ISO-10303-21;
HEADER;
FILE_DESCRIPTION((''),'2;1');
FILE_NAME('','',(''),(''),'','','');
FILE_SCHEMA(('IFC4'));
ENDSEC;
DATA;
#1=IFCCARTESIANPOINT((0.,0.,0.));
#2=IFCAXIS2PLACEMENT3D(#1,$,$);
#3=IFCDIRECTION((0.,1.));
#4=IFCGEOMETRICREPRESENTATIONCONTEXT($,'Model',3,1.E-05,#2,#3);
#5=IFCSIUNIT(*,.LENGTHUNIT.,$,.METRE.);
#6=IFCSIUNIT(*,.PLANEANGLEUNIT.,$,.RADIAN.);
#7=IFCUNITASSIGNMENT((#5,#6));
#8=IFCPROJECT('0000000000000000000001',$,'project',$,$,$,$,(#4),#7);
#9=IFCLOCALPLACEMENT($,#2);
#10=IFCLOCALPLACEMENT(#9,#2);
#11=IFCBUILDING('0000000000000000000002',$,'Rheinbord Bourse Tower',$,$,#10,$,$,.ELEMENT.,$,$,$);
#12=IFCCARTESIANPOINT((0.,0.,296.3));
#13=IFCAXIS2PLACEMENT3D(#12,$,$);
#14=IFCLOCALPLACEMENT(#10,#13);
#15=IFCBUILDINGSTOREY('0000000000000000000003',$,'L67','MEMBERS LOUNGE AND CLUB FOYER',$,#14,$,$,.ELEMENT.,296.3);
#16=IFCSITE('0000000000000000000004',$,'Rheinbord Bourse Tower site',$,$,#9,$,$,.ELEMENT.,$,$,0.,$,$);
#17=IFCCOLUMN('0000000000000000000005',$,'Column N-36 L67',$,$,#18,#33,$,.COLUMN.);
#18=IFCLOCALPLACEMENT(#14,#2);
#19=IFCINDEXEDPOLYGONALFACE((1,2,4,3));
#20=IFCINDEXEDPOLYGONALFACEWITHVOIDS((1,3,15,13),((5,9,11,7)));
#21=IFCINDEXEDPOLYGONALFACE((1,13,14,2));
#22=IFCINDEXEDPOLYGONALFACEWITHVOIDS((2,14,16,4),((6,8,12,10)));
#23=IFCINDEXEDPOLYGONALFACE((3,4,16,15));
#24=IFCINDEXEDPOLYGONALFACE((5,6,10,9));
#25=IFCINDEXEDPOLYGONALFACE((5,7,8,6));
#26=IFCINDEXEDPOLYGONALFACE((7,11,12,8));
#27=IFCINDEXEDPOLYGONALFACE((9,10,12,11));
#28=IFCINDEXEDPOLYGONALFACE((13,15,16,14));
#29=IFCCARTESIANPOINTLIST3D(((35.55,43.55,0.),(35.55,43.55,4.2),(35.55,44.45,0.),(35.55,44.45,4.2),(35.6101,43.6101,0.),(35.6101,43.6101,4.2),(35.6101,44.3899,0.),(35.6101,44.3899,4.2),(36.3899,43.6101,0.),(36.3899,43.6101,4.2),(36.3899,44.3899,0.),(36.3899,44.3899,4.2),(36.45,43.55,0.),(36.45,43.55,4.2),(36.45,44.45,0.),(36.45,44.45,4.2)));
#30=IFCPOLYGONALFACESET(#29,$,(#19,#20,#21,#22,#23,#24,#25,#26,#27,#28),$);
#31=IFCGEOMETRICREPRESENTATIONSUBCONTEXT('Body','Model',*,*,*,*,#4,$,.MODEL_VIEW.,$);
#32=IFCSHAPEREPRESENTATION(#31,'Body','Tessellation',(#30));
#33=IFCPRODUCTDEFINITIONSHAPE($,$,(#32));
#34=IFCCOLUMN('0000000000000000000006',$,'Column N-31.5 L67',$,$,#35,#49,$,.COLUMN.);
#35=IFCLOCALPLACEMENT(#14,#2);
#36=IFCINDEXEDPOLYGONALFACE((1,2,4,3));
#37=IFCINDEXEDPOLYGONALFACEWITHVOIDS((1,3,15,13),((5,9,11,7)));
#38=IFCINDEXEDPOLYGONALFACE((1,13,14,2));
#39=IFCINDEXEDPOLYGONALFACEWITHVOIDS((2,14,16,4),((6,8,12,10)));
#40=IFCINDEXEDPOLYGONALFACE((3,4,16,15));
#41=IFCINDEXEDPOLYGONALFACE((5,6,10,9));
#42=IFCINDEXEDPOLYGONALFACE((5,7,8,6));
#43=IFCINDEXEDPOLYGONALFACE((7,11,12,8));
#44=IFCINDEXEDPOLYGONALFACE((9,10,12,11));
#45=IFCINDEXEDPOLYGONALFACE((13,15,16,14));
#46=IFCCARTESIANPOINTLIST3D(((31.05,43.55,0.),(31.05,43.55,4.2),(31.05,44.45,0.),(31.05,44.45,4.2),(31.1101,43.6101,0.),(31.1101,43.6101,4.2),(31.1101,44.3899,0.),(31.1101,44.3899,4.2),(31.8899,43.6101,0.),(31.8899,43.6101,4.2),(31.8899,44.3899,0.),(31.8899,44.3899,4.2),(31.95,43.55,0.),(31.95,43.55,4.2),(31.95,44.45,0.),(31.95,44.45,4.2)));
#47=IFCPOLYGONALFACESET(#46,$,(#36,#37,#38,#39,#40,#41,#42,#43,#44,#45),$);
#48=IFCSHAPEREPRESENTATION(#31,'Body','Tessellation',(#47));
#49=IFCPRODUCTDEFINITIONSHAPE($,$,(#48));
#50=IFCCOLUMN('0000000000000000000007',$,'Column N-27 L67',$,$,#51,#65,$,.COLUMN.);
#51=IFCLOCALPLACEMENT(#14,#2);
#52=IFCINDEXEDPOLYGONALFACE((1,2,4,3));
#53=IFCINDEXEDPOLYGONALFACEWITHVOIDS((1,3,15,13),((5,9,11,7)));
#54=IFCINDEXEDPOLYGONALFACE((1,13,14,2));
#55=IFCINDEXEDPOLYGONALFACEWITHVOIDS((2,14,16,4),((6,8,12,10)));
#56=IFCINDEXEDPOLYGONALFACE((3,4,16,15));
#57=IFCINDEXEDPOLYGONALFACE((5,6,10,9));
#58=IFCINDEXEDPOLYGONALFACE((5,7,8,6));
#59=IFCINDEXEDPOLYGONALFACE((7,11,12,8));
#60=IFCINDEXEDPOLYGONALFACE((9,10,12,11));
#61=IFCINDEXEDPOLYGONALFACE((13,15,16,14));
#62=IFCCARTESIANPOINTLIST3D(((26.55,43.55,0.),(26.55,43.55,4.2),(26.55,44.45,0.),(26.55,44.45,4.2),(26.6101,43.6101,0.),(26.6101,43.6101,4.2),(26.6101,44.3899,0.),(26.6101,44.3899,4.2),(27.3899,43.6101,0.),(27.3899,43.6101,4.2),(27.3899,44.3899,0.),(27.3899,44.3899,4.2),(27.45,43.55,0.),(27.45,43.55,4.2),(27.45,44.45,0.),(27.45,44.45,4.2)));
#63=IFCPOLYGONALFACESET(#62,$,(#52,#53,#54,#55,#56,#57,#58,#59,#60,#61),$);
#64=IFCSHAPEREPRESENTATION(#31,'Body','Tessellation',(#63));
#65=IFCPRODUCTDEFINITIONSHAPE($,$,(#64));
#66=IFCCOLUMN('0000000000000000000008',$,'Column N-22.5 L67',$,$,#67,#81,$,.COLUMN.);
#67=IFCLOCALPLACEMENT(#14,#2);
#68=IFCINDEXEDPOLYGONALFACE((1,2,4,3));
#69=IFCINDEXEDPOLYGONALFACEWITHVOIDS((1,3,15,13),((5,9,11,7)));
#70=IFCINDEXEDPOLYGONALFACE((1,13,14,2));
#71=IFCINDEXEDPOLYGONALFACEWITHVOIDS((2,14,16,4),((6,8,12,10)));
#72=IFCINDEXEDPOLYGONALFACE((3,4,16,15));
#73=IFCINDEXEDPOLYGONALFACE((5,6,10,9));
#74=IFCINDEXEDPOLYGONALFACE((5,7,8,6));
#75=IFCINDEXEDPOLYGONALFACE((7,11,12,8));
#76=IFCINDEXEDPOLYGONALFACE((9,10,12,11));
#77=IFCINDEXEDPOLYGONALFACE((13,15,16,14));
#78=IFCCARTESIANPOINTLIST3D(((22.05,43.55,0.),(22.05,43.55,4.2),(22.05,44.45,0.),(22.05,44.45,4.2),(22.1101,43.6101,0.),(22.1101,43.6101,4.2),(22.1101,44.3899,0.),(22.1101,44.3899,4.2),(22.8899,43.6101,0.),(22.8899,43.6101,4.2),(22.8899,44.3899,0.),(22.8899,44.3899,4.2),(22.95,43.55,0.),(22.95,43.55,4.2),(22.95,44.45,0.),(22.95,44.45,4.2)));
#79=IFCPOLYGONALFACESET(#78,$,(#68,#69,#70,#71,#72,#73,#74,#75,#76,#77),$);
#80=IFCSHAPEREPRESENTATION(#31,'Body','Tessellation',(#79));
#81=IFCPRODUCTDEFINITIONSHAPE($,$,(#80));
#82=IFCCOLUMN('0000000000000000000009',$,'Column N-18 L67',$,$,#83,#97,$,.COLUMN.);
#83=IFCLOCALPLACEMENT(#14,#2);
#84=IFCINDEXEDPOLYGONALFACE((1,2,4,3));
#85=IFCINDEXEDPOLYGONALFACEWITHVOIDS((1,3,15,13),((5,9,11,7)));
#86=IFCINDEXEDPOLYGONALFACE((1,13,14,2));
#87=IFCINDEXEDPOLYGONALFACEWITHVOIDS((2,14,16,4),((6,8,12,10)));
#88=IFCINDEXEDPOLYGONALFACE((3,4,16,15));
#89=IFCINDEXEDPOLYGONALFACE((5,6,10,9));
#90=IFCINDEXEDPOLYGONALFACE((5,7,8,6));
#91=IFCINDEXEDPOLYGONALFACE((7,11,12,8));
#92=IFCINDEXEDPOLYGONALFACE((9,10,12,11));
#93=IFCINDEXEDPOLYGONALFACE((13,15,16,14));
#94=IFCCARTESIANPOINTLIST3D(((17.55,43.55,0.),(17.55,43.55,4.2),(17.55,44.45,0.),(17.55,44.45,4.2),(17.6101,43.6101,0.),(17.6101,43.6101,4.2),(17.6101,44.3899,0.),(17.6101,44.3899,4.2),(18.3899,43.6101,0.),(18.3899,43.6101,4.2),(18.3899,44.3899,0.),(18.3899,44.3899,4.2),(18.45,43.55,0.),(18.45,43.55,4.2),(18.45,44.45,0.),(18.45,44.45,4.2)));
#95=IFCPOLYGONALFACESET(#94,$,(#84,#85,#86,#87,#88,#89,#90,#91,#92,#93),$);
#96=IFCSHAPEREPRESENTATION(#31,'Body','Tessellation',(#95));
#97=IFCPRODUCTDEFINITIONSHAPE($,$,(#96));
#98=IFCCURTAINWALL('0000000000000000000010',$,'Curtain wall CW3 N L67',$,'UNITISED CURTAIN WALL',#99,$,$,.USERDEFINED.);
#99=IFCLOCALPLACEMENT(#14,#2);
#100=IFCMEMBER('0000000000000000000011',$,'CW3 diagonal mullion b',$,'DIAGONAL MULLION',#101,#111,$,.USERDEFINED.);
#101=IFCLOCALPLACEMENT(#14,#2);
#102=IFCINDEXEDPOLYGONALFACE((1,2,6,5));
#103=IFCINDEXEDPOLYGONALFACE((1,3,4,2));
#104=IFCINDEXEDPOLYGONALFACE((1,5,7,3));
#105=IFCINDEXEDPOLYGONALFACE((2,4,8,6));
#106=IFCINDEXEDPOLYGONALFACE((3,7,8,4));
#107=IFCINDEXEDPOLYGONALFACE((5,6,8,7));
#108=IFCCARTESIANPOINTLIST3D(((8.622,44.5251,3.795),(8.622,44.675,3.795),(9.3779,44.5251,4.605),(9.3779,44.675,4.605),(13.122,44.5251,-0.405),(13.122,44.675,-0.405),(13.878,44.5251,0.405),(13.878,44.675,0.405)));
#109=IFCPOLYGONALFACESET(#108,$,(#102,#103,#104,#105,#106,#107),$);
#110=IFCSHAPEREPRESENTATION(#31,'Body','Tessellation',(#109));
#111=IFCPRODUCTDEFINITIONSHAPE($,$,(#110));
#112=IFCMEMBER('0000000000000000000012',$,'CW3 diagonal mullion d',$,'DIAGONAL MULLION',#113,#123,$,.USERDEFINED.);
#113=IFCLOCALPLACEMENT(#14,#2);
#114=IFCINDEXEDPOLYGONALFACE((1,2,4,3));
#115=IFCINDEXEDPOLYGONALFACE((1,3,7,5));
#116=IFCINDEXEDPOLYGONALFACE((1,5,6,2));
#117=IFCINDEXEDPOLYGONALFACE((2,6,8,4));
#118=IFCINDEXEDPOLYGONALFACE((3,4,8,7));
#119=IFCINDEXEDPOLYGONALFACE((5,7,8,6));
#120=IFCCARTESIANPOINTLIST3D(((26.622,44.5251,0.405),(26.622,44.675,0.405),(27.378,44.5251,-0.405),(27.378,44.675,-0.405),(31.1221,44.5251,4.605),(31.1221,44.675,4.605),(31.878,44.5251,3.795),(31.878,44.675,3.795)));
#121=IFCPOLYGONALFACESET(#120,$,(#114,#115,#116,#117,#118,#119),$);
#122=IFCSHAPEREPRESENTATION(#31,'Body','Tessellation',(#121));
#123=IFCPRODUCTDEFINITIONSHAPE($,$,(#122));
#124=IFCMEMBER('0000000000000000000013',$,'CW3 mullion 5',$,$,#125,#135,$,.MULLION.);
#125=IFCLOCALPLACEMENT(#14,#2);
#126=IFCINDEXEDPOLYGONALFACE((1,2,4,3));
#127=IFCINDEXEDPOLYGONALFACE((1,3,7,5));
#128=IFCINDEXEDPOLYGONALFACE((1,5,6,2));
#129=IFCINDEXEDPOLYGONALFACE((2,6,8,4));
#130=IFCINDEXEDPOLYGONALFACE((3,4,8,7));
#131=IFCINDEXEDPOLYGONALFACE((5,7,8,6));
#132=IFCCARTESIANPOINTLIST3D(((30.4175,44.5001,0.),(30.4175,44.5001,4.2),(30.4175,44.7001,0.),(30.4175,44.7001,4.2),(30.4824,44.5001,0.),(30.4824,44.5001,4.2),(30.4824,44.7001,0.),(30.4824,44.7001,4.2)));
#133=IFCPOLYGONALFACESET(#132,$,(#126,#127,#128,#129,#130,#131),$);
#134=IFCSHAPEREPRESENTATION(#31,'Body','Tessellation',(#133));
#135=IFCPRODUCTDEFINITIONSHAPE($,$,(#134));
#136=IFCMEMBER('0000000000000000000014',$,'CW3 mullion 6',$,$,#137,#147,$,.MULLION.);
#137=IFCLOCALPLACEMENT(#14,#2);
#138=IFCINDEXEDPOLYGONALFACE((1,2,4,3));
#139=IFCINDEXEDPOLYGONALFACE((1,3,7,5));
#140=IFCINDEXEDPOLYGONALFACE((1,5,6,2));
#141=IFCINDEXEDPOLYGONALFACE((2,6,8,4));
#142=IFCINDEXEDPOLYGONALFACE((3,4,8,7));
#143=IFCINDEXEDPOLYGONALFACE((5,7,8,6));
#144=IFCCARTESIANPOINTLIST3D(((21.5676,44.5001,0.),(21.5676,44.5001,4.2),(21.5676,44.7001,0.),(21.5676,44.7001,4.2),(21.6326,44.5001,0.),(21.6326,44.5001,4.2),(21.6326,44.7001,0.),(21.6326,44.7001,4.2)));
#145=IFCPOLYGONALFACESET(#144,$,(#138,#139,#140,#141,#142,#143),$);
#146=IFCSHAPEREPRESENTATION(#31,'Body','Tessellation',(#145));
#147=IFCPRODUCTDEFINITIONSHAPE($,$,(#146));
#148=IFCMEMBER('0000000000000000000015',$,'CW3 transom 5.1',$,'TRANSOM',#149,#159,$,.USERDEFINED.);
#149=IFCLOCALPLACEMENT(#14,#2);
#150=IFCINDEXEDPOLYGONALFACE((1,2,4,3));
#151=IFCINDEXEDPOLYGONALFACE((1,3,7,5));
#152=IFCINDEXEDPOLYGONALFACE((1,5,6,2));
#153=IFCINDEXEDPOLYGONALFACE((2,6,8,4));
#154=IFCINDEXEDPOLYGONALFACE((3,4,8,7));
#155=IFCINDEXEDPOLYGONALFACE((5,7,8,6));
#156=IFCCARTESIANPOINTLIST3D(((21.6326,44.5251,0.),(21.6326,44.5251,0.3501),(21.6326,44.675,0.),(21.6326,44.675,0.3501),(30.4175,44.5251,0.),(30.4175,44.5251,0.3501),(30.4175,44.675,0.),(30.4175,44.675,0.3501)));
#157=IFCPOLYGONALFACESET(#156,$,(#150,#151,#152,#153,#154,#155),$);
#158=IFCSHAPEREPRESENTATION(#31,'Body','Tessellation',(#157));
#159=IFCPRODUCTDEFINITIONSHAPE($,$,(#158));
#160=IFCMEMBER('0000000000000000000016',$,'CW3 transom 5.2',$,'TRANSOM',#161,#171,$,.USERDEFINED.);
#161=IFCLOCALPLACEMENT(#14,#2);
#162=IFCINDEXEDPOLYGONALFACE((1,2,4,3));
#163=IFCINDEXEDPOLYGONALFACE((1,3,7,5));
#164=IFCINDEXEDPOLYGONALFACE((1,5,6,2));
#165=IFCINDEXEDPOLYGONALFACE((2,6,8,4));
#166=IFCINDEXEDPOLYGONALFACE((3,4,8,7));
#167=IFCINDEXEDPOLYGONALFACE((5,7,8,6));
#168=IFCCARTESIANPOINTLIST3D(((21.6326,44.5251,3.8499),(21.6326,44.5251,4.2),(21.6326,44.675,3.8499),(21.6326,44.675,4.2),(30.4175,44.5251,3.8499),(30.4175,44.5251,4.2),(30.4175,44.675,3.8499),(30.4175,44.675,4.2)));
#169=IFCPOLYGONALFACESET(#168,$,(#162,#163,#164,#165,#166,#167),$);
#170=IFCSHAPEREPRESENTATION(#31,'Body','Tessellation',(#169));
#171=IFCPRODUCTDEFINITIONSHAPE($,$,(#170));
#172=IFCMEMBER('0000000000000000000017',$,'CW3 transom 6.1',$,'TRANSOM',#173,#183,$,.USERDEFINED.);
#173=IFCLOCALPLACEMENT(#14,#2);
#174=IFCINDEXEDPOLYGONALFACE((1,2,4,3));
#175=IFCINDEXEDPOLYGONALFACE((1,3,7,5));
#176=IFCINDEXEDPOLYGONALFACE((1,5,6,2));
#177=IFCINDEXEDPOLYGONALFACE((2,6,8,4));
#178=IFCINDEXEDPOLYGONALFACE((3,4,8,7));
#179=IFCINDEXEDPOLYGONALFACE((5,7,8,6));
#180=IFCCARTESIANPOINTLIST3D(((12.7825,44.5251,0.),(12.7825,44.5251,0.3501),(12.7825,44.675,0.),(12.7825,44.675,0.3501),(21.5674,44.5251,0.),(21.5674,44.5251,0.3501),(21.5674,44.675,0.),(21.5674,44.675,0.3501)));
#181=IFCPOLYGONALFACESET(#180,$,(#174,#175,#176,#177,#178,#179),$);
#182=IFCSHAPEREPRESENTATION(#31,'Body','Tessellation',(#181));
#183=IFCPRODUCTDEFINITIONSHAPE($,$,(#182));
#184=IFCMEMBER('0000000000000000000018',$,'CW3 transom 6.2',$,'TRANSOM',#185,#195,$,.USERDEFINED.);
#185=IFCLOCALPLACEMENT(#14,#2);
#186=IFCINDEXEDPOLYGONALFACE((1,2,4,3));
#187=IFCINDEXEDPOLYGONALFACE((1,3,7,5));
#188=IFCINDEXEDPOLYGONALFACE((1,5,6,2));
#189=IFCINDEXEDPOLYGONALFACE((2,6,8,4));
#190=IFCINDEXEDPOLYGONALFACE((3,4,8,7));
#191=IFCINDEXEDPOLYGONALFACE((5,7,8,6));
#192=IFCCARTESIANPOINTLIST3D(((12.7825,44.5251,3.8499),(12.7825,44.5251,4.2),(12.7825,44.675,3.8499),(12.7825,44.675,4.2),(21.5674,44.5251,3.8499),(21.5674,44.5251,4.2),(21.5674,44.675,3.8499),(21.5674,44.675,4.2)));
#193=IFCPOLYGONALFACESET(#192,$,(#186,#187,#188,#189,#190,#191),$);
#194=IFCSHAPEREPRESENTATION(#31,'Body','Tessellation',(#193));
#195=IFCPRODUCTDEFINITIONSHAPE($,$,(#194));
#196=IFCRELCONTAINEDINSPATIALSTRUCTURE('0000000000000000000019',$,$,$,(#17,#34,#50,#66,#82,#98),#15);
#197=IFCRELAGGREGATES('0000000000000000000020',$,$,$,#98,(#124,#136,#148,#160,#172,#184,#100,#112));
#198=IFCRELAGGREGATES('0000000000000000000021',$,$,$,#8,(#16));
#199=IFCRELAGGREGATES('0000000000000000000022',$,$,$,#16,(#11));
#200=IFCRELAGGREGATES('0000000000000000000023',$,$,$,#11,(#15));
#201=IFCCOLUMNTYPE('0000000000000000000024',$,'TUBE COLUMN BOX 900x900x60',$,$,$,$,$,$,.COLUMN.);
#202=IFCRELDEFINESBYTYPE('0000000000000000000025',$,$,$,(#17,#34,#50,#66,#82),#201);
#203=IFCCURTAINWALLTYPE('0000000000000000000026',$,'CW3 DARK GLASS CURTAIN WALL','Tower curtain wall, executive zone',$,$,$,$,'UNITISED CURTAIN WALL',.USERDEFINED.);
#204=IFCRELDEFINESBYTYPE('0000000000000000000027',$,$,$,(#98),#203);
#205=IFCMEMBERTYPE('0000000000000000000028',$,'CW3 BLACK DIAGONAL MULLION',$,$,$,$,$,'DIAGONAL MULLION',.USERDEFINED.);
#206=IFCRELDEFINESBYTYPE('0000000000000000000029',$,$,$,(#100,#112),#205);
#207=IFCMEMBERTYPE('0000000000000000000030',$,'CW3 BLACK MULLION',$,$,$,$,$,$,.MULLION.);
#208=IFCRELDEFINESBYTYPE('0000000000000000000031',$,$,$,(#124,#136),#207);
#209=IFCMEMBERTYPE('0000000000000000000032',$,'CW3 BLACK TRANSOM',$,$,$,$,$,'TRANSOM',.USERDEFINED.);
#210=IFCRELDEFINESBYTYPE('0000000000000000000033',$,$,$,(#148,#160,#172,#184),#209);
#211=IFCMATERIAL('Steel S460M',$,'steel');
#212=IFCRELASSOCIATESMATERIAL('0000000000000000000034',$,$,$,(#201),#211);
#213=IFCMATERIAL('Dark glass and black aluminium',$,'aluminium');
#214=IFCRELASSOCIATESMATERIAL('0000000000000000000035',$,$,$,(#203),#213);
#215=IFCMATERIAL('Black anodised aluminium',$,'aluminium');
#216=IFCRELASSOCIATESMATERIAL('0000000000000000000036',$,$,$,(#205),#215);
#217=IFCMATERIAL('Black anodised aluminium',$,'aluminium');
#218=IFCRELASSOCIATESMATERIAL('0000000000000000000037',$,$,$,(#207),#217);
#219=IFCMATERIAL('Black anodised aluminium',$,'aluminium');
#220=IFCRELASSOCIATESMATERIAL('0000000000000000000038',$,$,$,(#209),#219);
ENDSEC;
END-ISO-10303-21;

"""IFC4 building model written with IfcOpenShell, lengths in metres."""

from ifc_helpers import new_model, si_unit, direction, frame, origin, origin_2d, place, context, subcontext, project, spatial, rectangle, hollow_rectangle, extrude, material, material_profile, profile_set, type_object, element, aggregate, save


model = new_model("IFC4")

# Units and contexts
model_context = context("Model", 3, precision=1e-05, world=origin(), true_north=direction((0.0, 1.0)))
body_context = subcontext(model_context, "Body", "Model", "MODEL_VIEW")
ifc_project = project(units=[si_unit("LENGTHUNIT", "METRE"), si_unit("PLANEANGLEUNIT", "RADIAN")], contexts=[model_context])

# Site, building, storey
site_placement = place(None, origin())
site = spatial("IfcSite", under=ifc_project, at=site_placement, Name="Rheinbord Bourse Tower site", CompositionType="ELEMENT", RefElevation=0.0)
building_placement = place(site_placement, origin())
building = spatial("IfcBuilding", under=site, at=building_placement, Name="Rheinbord Bourse Tower", CompositionType="ELEMENT")
storey_placement = place(building_placement, frame((0.0, 0.0, 296.3)))
storey = spatial("IfcBuildingStorey", under=building, at=storey_placement, Name="L67", Description="MEMBERS LOUNGE AND CLUB FOYER", CompositionType="ELEMENT", Elevation=296.3)

# Columns
ifc_material_1 = material(Name="Steel S460M", Category="steel")
ifc_material_profile_1 = material_profile(ifc_material_1, hollow_rectangle(XDim=0.8999, YDim=0.8999, WallThickness=0.0601, at=origin_2d()), Name="BOX 900x900x60")
ifc_profile_set_1 = profile_set([ifc_material_profile_1], Name="Steel S460M")
column_type = type_object("IfcColumnType", Name="TUBE COLUMN BOX 900x900x60", PredefinedType="COLUMN", material=ifc_profile_set_1)
for number, where, z_axis, x_axis, name in (
    (1, (36.0, 44.0, 0.0), (0.0, 0.0, 1.0), (0.0, 1.0, 0.0), "Column N-36 L67"),
    (2, (31.5, 44.0, 0.0), (0.0, 0.0, 1.0), (0.0, 1.0, 0.0), "Column N-31.5 L67"),
    (3, (27.0, 44.0, 0.0), (0.0, 0.0, 1.0), (0.0, 1.0, 0.0), "Column N-27 L67"),
    (4, (22.5, 44.0, 0.0), (0.0, 0.0, 1.0), (0.0, 1.0, 0.0), "Column N-22.5 L67"),
    (5, (18.0, 44.0, 0.0), (0.0, 0.0, 1.0), (0.0, 1.0, 0.0), "Column N-18 L67"),
):
    element("IfcColumn", number, at=place(storey_placement, frame(where, z_axis=z_axis, x_axis=x_axis)), inside=storey, type_object=column_type, Name=name, PredefinedType="COLUMN", context=body_context, shape_type="SweptSolid", body=[
        extrude(hollow_rectangle(XDim=0.8999, YDim=0.8999, WallThickness=0.0601, at=origin_2d()), origin(), (0.0, 0.0, 1.0), 4.2),
    ])

# Curtain wall, members
ifc_material_2 = material(Name="Dark glass and black aluminium", Category="aluminium")
curtain_wall_type = type_object("IfcCurtainWallType", Name="CW3 DARK GLASS CURTAIN WALL", Description="Tower curtain wall, executive zone", ElementType="UNITISED CURTAIN WALL", PredefinedType="USERDEFINED", material=ifc_material_2)
curtain_wall_placement = place(storey_placement, origin())
curtain_wall = element("IfcCurtainWall", 6, at=curtain_wall_placement, inside=storey, type_object=curtain_wall_type, Name="Curtain wall CW3 N L67", ObjectType="UNITISED CURTAIN WALL", PredefinedType="USERDEFINED")
ifc_material_3 = material(Name="Black anodised aluminium", Category="aluminium")
ifc_material_profile_2 = material_profile(ifc_material_3, rectangle(XDim=0.1499, YDim=1.1079, at=origin_2d()), Name="CW3 DIAGONAL MULLION 1108x150")
ifc_profile_set_2 = profile_set([ifc_material_profile_2], Name="Black anodised aluminium")
member_type_1 = type_object("IfcMemberType", Name="CW3 BLACK DIAGONAL MULLION", ElementType="DIAGONAL MULLION", PredefinedType="USERDEFINED", material=ifc_profile_set_2)
member_1_placement = place(storey_placement, frame((13.5, 44.6001, 0.0), z_axis=(-0.731059, 0.0, 0.682314), x_axis=(0.0, -1.0, 0.0)))
member_1 = element("IfcMember", 7, at=member_1_placement, type_object=member_type_1, Name="CW3 diagonal mullion b", ObjectType="DIAGONAL MULLION", PredefinedType="USERDEFINED", context=body_context, shape_type="SweptSolid", body=[
    extrude(rectangle(XDim=0.1499, YDim=1.1079, at=origin_2d()), origin(), (0.0, 0.0, 1.0), 6.1555),
])
member_2_placement = place(storey_placement, frame((27.0, 44.6001, 0.0), z_axis=(0.731059, 0.0, 0.682314), x_axis=(0.0, 1.0, 0.0)))
member_2 = element("IfcMember", 8, at=member_2_placement, type_object=member_type_1, Name="CW3 diagonal mullion d", ObjectType="DIAGONAL MULLION", PredefinedType="USERDEFINED", context=body_context, shape_type="SweptSolid", body=[
    extrude(rectangle(XDim=0.1499, YDim=1.1079, at=origin_2d()), origin(), (0.0, 0.0, 1.0), 6.1555),
])
ifc_material_4 = material(Name="Black anodised aluminium", Category="aluminium")
ifc_material_profile_3 = material_profile(ifc_material_4, rectangle(XDim=0.2, YDim=0.0649, at=origin_2d()), Name="CW3 MULLION 65x200")
ifc_profile_set_3 = profile_set([ifc_material_profile_3], Name="Black anodised aluminium")
member_type_2 = type_object("IfcMemberType", Name="CW3 BLACK MULLION", PredefinedType="MULLION", material=ifc_profile_set_3)
member_3_placement = place(storey_placement, frame((30.45, 44.6001, 0.0), z_axis=(0.0, 0.0, 1.0), x_axis=(0.0, -1.0, 0.0)))
member_3 = element("IfcMember", 9, at=member_3_placement, type_object=member_type_2, Name="CW3 mullion 5", PredefinedType="MULLION", context=body_context, shape_type="SweptSolid", body=[
    extrude(rectangle(XDim=0.2, YDim=0.0649, at=origin_2d()), origin(), (0.0, 0.0, 1.0), 4.2),
])
member_4_placement = place(storey_placement, frame((21.6001, 44.6001, 0.0), z_axis=(0.0, 0.0, 1.0), x_axis=(0.0, -1.0, 0.0)))
member_4 = element("IfcMember", 10, at=member_4_placement, type_object=member_type_2, Name="CW3 mullion 6", PredefinedType="MULLION", context=body_context, shape_type="SweptSolid", body=[
    extrude(rectangle(XDim=0.2, YDim=0.0649, at=origin_2d()), origin(), (0.0, 0.0, 1.0), 4.2),
])
ifc_material_5 = material(Name="Black anodised aluminium", Category="aluminium")
ifc_material_profile_4 = material_profile(ifc_material_5, rectangle(XDim=0.1499, YDim=0.3501, at=origin_2d()), Name="CW3 TRANSOM 350x150")
ifc_profile_set_4 = profile_set([ifc_material_profile_4], Name="Black anodised aluminium")
member_type_3 = type_object("IfcMemberType", Name="CW3 BLACK TRANSOM", ElementType="TRANSOM", PredefinedType="USERDEFINED", material=ifc_profile_set_4)
member_5_placement = place(storey_placement, frame((30.4175, 44.6001, 0.175), z_axis=(-1.0, 0.0, 0.0), x_axis=(0.0, -1.0, 0.0)))
member_5 = element("IfcMember", 11, at=member_5_placement, type_object=member_type_3, Name="CW3 transom 5.1", ObjectType="TRANSOM", PredefinedType="USERDEFINED", context=body_context, shape_type="SweptSolid", body=[
    extrude(rectangle(XDim=0.1499, YDim=0.3501, at=origin_2d()), origin(), (0.0, 0.0, 1.0), 8.7849),
])
member_6_placement = place(storey_placement, frame((30.4175, 44.6001, 4.0249), z_axis=(-1.0, 0.0, 0.0), x_axis=(0.0, -1.0, 0.0)))
member_6 = element("IfcMember", 12, at=member_6_placement, type_object=member_type_3, Name="CW3 transom 5.2", ObjectType="TRANSOM", PredefinedType="USERDEFINED", context=body_context, shape_type="SweptSolid", body=[
    extrude(rectangle(XDim=0.1499, YDim=0.3501, at=origin_2d()), origin(), (0.0, 0.0, 1.0), 8.7849),
])
member_7_placement = place(storey_placement, frame((21.5674, 44.6001, 0.175), z_axis=(-1.0, 0.0, 0.0), x_axis=(0.0, -1.0, 0.0)))
member_7 = element("IfcMember", 13, at=member_7_placement, type_object=member_type_3, Name="CW3 transom 6.1", ObjectType="TRANSOM", PredefinedType="USERDEFINED", context=body_context, shape_type="SweptSolid", body=[
    extrude(rectangle(XDim=0.1499, YDim=0.3501, at=origin_2d()), origin(), (0.0, 0.0, 1.0), 8.7849),
])
member_8_placement = place(storey_placement, frame((21.5674, 44.6001, 4.0249), z_axis=(-1.0, 0.0, 0.0), x_axis=(0.0, -1.0, 0.0)))
member_8 = element("IfcMember", 14, at=member_8_placement, type_object=member_type_3, Name="CW3 transom 6.2", ObjectType="TRANSOM", PredefinedType="USERDEFINED", context=body_context, shape_type="SweptSolid", body=[
    extrude(rectangle(XDim=0.1499, YDim=0.3501, at=origin_2d()), origin(), (0.0, 0.0, 1.0), 8.7849),
])

aggregate(curtain_wall, [member_3, member_4, member_5, member_6, member_7, member_8, member_1, member_2])

save(model, "model.ifc")
